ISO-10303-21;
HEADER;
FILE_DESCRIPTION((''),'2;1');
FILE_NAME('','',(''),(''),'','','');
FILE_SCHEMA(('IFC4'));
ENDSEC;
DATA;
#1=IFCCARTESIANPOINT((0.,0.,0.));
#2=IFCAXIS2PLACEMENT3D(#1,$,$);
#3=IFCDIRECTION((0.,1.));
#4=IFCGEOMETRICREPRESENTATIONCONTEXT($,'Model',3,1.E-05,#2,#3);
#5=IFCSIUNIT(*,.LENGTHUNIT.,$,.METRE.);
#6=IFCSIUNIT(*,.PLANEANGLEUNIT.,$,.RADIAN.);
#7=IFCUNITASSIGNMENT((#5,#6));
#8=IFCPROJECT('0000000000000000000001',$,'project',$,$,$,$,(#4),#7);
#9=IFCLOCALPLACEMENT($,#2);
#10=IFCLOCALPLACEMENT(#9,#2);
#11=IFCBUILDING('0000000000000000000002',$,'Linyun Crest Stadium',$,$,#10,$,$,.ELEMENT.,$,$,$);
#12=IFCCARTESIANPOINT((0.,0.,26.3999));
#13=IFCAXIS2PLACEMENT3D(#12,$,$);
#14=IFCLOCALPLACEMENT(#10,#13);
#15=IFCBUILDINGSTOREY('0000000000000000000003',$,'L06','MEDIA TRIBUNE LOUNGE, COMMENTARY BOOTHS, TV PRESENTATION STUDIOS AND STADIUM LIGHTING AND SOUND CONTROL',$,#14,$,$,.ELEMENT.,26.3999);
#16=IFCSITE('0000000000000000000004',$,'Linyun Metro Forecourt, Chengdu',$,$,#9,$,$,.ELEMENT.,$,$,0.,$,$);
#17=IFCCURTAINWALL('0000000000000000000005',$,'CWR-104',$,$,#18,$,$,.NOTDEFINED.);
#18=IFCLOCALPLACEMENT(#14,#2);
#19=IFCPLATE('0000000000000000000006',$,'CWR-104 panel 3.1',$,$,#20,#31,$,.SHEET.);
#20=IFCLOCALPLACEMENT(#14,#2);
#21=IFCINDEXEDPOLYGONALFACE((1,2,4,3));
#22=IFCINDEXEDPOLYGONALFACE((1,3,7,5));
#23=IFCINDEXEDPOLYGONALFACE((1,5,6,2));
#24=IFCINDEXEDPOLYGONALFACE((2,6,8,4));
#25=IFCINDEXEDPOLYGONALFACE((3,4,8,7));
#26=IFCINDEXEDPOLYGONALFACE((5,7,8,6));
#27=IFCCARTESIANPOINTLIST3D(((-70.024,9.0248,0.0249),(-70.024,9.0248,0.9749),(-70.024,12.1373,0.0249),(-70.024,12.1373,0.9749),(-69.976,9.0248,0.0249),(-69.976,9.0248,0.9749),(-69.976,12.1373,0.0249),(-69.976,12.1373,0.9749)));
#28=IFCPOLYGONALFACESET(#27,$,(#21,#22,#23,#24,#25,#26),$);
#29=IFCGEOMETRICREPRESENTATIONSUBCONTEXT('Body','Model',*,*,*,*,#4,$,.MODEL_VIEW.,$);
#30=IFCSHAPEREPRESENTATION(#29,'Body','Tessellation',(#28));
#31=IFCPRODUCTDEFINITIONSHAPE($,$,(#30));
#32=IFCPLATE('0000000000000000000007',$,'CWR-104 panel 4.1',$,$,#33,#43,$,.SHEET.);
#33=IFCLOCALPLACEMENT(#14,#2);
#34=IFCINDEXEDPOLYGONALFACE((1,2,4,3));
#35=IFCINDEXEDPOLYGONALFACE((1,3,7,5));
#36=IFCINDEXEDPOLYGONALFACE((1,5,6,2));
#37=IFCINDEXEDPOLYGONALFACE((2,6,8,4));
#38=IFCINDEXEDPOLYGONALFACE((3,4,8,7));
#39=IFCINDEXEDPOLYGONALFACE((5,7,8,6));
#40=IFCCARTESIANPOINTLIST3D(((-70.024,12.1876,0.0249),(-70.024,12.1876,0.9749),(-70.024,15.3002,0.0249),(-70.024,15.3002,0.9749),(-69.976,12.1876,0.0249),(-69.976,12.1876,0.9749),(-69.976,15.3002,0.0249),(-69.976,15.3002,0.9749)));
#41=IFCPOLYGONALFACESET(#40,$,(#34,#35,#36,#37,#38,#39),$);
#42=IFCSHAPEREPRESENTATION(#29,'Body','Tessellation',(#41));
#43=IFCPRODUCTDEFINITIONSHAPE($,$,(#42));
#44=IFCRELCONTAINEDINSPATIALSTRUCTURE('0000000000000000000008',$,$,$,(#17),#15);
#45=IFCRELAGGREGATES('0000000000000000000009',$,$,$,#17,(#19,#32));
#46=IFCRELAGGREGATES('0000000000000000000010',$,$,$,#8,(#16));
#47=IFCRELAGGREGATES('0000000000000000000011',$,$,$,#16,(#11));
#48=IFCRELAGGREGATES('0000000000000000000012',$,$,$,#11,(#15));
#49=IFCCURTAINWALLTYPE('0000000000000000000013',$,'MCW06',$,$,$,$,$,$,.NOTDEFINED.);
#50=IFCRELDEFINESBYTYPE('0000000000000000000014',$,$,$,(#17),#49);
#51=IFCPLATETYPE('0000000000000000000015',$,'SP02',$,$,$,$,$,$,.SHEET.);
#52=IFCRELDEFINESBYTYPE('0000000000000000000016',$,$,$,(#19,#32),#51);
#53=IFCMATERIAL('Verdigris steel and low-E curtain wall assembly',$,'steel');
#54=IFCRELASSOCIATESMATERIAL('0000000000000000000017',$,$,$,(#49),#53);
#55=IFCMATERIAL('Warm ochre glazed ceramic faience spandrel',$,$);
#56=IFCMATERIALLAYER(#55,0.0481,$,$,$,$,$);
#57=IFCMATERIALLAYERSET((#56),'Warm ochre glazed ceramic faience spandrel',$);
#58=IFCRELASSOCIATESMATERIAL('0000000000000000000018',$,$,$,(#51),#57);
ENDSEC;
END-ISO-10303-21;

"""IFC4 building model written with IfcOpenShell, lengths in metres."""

from ifc_helpers import new_model, si_unit, direction, frame, origin, origin_2d, place, context, subcontext, project, spatial, rectangle, extrude, material, layer, layer_set, type_object, element, aggregate, save


model = new_model("IFC4")

# Units and contexts
model_context = context("Model", 3, precision=1e-05, world=origin(), true_north=direction((0.0, 1.0)))
body_context = subcontext(model_context, "Body", "Model", "MODEL_VIEW")
ifc_project = project(units=[si_unit("LENGTHUNIT", "METRE"), si_unit("PLANEANGLEUNIT", "RADIAN")], contexts=[model_context])

# Site, building, storey
site_placement = place(None, origin())
site = spatial("IfcSite", under=ifc_project, at=site_placement, Name="Linyun Metro Forecourt, Chengdu", CompositionType="ELEMENT", RefElevation=0.0)
building_placement = place(site_placement, origin())
building = spatial("IfcBuilding", under=site, at=building_placement, Name="Linyun Crest Stadium", CompositionType="ELEMENT")
storey_placement = place(building_placement, frame((0.0, 0.0, 26.3999)))
storey = spatial("IfcBuildingStorey", under=building, at=storey_placement, Name="L06", Description="MEDIA TRIBUNE LOUNGE, COMMENTARY BOOTHS, TV PRESENTATION STUDIOS AND STADIUM LIGHTING AND SOUND CONTROL", CompositionType="ELEMENT", Elevation=26.3999)

# Curtain wall
ifc_material_1 = material(Name="Verdigris steel and low-E curtain wall assembly", Category="steel")
curtain_wall_type = type_object("IfcCurtainWallType", Name="MCW06", PredefinedType="NOTDEFINED", material=ifc_material_1)
curtain_wall_placement = place(storey_placement, origin())
curtain_wall = element("IfcCurtainWall", 1, at=curtain_wall_placement, inside=storey, type_object=curtain_wall_type, Name="CWR-104", PredefinedType="NOTDEFINED")

# Plates
ifc_material_2 = material(Name="Warm ochre glazed ceramic faience spandrel")
ifc_layer_1 = layer(ifc_material_2, 0.0481)
ifc_layer_set_1 = layer_set([ifc_layer_1], Name="Warm ochre glazed ceramic faience spandrel")
plate_type_1 = type_object("IfcPlateType", Name="SP02", PredefinedType="SHEET", material=ifc_layer_set_1)
plate_1_placement = place(storey_placement, frame((-70.0, 10.5811, 0.0249), z_axis=(0.0, 0.0, 1.0), x_axis=(0.0, 1.0, 0.0)))
plate_1 = element("IfcPlate", 2, at=plate_1_placement, type_object=plate_type_1, Name="CWR-104 panel 3.1", PredefinedType="SHEET", context=body_context, shape_type="SweptSolid", body=[
    extrude(rectangle(XDim=3.1125, YDim=0.0481, at=origin_2d()), origin(), (0.0, 0.0, 1.0), 0.95),
])
plate_2_placement = place(storey_placement, frame((-70.0, 13.7439, 0.0249), z_axis=(0.0, 0.0, 1.0), x_axis=(0.0, 1.0, 0.0)))
plate_2 = element("IfcPlate", 3, at=plate_2_placement, type_object=plate_type_1, Name="CWR-104 panel 4.1", PredefinedType="SHEET", context=body_context, shape_type="SweptSolid", body=[
    extrude(rectangle(XDim=3.1125, YDim=0.0481, at=origin_2d()), origin(), (0.0, 0.0, 1.0), 0.95),
])
aggregate(curtain_wall, [plate_1, plate_2])

save(model, "model.ifc")
